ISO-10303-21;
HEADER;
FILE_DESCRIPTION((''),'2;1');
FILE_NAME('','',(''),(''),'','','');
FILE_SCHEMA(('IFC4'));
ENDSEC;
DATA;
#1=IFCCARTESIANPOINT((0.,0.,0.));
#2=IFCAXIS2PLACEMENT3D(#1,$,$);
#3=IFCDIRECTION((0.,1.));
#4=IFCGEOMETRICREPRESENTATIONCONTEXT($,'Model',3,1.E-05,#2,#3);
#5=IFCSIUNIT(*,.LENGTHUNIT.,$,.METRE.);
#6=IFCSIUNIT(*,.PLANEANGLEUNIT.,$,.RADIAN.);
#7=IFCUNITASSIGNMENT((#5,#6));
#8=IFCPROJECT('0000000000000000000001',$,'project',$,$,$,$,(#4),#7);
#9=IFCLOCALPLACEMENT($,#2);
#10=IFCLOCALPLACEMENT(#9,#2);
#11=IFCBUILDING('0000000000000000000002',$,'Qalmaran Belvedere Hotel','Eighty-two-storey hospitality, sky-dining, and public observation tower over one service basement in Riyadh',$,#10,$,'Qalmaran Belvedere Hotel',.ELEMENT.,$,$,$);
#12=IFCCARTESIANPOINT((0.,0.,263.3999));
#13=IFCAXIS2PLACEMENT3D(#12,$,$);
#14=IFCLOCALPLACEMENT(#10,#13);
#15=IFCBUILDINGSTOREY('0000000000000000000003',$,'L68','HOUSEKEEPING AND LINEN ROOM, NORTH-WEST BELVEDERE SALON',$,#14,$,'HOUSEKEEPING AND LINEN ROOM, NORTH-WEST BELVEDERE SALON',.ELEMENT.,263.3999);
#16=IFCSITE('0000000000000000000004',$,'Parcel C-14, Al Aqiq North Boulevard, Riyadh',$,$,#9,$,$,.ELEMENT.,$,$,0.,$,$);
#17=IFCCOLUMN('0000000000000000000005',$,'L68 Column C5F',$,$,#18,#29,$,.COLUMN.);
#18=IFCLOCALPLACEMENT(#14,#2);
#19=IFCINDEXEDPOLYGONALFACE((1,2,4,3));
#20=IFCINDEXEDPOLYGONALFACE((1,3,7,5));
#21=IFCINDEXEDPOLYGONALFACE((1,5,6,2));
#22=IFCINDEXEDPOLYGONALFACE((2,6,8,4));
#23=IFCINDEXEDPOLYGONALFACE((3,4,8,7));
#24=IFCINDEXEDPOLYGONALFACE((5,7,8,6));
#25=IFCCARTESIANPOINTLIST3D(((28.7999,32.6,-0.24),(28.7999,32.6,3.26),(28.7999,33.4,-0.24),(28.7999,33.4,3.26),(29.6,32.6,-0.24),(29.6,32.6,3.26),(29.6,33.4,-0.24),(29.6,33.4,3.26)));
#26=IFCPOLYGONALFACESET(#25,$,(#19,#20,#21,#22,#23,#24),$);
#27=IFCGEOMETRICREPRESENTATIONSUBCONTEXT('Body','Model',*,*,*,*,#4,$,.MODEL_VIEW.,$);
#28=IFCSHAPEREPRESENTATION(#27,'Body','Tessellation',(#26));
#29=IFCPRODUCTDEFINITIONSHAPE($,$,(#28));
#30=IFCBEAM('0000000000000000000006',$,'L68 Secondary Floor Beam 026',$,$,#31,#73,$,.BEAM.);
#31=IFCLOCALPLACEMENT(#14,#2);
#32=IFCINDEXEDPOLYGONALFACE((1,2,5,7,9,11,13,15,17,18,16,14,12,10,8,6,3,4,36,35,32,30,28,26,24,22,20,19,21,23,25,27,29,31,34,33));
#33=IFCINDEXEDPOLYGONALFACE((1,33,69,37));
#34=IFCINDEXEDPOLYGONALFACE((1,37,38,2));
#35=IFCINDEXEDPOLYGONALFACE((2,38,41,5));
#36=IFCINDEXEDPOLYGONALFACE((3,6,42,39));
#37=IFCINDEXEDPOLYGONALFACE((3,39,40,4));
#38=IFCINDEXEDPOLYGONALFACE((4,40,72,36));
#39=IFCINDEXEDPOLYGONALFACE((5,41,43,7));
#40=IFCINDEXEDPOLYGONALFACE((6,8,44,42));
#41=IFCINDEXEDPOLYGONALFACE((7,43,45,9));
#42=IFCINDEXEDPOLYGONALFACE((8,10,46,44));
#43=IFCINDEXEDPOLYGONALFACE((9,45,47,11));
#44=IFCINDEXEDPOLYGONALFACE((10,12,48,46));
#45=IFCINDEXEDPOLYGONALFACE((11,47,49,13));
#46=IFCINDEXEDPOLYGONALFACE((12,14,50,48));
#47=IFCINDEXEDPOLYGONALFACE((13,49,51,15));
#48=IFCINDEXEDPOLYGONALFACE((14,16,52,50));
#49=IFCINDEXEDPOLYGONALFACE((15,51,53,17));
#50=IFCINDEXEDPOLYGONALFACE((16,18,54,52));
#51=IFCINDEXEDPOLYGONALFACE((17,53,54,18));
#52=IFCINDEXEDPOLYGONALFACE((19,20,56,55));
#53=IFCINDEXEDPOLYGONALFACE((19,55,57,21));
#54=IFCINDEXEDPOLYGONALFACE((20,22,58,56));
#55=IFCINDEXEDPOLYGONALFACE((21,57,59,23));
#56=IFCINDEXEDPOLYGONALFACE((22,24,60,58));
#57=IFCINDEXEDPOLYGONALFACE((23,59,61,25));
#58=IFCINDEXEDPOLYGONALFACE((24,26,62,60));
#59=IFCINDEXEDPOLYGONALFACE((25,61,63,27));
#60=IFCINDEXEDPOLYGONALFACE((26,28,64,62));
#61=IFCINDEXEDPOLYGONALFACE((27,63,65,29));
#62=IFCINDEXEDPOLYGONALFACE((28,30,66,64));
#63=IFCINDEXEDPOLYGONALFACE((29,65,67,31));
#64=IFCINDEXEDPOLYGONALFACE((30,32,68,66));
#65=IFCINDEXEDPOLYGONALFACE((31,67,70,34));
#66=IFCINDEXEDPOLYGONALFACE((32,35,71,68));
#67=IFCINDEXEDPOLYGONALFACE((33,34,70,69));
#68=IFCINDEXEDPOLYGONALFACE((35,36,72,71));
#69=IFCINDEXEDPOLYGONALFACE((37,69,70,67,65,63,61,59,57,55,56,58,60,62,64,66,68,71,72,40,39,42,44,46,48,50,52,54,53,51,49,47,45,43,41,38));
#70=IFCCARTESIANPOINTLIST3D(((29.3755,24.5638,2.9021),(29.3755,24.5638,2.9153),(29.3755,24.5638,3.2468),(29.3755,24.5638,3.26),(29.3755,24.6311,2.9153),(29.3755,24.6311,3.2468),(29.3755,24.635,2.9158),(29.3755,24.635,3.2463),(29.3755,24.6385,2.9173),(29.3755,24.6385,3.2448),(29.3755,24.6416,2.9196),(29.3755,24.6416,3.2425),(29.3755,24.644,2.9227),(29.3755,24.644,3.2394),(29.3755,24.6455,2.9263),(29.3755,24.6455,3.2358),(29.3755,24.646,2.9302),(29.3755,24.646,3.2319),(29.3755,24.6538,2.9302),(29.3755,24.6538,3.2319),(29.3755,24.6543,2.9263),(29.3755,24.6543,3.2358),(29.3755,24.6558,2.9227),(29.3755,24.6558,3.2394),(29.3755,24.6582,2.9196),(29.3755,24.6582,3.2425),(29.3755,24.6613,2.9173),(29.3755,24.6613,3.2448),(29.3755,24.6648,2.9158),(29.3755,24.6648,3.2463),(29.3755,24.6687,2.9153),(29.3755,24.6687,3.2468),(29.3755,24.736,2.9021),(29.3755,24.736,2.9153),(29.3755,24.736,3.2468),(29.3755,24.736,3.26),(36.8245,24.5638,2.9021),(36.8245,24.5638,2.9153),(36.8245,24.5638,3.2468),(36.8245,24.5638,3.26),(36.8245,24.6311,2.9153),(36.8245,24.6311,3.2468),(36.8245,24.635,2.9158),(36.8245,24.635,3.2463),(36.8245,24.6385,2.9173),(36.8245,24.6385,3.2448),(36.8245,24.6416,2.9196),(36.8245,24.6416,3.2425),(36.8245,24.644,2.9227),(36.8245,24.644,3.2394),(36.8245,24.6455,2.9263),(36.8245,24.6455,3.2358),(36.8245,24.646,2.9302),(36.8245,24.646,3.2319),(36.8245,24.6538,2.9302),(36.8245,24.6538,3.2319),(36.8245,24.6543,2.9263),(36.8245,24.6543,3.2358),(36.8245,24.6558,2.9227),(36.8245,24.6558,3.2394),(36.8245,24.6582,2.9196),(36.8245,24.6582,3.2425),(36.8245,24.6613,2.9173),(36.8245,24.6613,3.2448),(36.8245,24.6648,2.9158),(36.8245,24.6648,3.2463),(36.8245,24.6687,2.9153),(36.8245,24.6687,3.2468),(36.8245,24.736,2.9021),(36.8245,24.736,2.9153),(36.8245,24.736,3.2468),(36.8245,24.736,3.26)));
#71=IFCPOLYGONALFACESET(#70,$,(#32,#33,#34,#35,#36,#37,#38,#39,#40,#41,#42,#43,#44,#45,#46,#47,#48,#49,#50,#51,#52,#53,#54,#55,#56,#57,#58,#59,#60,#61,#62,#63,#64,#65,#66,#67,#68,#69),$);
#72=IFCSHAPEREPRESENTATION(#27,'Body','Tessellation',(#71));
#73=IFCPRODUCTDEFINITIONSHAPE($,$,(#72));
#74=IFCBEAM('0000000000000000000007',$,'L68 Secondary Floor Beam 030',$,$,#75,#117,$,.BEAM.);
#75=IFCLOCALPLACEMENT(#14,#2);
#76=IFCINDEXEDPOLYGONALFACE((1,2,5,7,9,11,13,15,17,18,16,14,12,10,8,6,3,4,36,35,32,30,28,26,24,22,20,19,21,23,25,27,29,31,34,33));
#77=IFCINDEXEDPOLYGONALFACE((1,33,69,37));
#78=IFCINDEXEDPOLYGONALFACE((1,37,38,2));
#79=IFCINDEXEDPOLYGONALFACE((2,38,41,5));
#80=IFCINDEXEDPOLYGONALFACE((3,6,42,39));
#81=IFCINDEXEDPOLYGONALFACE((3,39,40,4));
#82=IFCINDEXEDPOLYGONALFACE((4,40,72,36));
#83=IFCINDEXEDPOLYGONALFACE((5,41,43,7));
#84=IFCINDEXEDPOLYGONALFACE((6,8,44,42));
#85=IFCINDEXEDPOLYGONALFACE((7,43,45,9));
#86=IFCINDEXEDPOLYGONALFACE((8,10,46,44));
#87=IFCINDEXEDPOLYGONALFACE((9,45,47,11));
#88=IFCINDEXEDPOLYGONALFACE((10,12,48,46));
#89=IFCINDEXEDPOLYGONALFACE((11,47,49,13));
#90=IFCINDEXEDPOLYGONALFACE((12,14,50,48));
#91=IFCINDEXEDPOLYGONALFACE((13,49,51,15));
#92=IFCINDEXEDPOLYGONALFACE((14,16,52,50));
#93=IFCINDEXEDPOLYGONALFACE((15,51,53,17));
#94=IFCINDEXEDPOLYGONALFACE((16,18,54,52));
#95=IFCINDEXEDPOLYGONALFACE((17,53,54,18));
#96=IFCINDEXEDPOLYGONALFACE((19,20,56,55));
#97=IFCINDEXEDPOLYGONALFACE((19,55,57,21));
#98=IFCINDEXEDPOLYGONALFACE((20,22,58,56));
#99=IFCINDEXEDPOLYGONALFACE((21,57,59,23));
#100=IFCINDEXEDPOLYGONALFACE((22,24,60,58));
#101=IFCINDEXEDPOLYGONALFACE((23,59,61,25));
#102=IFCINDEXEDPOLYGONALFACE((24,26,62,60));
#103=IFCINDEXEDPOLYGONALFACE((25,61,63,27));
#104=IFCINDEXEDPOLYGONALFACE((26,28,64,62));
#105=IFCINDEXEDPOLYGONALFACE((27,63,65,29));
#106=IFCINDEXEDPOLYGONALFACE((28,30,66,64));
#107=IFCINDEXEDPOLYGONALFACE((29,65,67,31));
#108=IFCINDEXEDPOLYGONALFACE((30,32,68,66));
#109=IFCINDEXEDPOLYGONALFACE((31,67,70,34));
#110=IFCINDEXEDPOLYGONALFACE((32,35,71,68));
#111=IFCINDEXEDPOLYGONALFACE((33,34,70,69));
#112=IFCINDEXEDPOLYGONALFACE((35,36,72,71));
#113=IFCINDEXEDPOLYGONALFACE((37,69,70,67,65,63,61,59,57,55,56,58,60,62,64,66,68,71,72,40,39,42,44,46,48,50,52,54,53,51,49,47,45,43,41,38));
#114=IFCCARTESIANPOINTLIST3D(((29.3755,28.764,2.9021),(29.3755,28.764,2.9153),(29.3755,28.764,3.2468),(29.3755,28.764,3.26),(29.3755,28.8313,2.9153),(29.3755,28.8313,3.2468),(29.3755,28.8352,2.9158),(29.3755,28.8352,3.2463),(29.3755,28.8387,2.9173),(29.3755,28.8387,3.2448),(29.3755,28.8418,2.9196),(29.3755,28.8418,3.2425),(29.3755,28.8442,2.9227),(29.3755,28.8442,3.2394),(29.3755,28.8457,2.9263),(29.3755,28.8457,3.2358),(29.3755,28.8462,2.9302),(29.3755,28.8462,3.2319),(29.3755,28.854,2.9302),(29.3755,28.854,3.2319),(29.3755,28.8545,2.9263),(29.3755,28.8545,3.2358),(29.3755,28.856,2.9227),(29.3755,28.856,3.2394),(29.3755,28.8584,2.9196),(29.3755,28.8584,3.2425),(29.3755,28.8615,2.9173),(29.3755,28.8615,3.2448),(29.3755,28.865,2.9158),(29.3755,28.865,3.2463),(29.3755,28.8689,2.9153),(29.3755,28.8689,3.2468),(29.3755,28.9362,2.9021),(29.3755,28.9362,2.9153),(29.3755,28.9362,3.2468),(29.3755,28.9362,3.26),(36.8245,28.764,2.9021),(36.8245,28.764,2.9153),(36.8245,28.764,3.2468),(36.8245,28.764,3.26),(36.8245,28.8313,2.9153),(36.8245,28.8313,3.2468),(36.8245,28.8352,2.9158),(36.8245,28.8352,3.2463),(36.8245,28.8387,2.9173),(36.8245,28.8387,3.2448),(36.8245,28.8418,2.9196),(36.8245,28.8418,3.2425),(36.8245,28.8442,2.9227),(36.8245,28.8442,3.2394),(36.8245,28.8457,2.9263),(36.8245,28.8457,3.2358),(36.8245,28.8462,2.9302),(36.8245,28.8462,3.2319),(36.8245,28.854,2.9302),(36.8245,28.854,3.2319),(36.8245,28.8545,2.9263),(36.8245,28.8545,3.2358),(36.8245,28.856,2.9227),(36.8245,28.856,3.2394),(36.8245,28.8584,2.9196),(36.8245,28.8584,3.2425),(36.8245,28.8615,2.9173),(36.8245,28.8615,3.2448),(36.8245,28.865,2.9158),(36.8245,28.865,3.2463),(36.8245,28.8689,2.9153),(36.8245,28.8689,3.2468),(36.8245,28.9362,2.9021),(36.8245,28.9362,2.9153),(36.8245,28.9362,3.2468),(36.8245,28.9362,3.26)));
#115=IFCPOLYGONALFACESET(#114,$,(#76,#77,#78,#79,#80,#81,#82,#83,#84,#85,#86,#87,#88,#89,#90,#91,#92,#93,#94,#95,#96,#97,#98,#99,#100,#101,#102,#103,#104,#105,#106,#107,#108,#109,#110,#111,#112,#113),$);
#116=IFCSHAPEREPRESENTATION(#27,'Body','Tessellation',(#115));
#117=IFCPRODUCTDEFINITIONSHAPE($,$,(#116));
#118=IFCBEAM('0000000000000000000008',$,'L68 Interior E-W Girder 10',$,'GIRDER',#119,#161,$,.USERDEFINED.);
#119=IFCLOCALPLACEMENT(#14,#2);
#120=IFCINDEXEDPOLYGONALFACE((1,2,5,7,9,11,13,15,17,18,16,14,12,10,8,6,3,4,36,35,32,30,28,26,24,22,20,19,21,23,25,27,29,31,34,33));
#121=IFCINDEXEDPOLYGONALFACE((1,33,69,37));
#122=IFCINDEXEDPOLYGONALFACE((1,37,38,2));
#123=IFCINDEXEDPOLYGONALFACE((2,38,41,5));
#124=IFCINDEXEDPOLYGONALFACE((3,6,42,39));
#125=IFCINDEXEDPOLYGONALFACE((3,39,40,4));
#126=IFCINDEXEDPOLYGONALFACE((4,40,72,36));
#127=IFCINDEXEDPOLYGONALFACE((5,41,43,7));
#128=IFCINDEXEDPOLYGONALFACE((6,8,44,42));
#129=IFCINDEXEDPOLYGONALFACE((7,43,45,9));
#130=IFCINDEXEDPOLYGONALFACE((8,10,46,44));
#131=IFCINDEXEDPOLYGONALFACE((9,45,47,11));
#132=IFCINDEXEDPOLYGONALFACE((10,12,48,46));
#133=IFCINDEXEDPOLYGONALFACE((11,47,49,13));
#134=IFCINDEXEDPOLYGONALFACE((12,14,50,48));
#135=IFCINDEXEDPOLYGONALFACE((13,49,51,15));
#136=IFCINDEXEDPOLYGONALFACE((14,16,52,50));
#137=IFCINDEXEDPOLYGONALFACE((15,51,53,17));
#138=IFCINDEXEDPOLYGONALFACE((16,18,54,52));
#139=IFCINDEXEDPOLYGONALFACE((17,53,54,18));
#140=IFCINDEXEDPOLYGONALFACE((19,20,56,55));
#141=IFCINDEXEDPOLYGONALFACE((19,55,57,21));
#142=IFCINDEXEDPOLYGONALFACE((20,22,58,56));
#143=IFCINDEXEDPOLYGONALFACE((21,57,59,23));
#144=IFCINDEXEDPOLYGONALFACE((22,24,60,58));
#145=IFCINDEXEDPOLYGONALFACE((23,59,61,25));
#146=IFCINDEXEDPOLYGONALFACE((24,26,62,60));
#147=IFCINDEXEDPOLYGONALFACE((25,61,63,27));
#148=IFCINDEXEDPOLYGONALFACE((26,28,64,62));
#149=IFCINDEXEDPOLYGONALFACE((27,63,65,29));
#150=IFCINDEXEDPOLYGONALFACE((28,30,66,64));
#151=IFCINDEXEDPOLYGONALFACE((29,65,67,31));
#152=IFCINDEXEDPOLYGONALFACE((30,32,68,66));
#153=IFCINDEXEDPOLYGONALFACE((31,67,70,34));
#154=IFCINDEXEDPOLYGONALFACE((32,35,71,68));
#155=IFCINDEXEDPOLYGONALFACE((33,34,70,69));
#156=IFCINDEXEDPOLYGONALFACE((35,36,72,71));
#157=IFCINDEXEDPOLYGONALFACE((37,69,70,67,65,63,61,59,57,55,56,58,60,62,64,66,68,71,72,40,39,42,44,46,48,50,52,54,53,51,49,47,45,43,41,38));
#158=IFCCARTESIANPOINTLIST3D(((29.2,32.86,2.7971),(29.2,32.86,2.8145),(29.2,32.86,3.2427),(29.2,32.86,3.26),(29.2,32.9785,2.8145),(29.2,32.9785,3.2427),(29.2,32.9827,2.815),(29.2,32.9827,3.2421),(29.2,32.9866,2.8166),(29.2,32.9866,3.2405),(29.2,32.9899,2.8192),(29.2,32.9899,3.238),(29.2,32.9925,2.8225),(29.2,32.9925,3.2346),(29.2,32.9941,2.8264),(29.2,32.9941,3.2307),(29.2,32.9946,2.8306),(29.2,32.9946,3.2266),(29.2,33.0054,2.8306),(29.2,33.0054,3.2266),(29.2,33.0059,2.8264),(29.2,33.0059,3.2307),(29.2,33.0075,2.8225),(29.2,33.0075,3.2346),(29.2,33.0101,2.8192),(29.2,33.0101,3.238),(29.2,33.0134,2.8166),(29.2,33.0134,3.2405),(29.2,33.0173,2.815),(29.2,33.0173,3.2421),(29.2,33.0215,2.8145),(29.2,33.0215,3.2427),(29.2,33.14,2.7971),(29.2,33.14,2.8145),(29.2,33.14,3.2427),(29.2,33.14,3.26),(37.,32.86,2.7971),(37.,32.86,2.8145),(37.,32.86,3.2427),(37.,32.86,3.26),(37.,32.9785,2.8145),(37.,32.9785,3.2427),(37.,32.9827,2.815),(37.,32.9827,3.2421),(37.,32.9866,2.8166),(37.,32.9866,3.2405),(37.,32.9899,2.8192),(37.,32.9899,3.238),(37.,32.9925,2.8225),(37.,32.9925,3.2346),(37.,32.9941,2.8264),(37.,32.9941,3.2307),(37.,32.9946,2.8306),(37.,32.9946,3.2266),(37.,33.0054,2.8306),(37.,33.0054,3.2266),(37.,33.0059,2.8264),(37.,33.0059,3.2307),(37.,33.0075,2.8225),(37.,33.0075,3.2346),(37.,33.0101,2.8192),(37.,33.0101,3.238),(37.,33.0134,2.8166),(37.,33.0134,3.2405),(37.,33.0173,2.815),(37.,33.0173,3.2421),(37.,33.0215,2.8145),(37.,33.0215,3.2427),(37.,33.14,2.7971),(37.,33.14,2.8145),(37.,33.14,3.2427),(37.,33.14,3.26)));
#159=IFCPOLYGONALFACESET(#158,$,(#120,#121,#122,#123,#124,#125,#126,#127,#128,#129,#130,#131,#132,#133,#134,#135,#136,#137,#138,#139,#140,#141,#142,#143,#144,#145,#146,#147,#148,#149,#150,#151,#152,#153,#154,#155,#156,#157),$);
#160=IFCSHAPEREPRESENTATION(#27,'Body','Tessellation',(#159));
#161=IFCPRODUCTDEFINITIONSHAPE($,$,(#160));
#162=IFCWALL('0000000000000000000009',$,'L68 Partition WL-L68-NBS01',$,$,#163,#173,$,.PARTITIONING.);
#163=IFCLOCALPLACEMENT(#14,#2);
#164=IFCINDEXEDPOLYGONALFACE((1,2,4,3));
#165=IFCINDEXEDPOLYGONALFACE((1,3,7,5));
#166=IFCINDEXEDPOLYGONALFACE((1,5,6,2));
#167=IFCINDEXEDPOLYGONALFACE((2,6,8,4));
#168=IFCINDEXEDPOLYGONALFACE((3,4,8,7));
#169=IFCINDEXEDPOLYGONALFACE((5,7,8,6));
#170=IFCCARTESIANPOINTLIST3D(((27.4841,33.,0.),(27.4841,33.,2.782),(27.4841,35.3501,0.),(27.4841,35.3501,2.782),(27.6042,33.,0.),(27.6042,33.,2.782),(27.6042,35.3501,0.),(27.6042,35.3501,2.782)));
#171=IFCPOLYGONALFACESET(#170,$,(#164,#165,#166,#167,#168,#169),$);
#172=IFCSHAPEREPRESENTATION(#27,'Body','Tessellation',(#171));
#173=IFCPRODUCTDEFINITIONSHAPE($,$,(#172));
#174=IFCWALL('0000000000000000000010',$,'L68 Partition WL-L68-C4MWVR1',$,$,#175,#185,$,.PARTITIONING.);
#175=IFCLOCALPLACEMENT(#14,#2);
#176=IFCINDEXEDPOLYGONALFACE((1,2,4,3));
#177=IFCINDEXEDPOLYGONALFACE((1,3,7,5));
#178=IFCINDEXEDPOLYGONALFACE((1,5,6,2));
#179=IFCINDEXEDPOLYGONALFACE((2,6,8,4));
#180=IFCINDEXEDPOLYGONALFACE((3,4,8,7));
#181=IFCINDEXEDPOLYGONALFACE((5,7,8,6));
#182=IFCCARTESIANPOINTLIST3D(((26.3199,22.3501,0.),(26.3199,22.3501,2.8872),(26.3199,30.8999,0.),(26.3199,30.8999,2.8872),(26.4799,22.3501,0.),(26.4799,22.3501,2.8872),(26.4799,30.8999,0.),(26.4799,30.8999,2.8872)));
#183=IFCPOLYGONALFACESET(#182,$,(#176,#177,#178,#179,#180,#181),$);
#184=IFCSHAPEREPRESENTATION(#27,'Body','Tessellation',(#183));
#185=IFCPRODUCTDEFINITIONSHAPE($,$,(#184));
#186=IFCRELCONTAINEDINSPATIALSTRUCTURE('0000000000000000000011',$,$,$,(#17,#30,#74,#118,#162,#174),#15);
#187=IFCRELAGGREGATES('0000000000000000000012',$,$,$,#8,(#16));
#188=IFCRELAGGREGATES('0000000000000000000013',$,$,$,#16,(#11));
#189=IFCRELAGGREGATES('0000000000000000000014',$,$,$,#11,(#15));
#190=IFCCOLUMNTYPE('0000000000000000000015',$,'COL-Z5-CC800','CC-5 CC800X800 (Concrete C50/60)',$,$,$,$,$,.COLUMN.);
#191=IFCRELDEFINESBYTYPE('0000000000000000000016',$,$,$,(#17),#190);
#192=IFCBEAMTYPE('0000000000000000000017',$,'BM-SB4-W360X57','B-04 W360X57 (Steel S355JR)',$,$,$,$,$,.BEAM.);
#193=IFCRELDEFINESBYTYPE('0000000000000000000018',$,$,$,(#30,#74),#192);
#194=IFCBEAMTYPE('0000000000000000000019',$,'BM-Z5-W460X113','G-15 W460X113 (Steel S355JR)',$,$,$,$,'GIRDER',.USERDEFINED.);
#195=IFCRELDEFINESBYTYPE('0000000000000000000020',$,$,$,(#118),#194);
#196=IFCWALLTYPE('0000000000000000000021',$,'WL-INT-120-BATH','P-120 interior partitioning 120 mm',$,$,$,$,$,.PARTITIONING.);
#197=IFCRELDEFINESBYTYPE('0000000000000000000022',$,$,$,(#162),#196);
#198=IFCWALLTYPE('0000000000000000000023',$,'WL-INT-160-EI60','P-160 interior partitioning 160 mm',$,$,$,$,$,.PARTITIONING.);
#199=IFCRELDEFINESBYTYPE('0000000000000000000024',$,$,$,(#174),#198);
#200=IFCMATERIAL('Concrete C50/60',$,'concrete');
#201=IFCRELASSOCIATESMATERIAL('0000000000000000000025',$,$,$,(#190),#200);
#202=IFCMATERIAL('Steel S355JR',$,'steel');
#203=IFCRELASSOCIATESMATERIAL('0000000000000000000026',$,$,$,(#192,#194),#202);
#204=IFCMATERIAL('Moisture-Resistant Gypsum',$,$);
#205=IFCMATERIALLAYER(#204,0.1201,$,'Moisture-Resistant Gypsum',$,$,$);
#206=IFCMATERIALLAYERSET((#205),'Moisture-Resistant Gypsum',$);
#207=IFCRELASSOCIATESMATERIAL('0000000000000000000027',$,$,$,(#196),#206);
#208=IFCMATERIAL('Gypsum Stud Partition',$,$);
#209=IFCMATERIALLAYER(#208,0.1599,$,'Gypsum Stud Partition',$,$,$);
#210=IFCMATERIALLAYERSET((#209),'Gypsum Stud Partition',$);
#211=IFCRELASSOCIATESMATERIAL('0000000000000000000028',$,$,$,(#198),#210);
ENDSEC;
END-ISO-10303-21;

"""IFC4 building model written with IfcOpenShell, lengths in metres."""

from ifc_helpers import new_model, si_unit, direction, frame, frame_2d, origin, origin_2d, place, context, subcontext, project, spatial, rectangle, i_section, extrude, material, layer, layer_set, material_profile, profile_set, type_object, element, save


model = new_model("IFC4")

# Units and contexts
model_context = context("Model", 3, precision=1e-05, world=origin(), true_north=direction((0.0, 1.0)))
body_context = subcontext(model_context, "Body", "Model", "MODEL_VIEW")
ifc_project = project(units=[si_unit("LENGTHUNIT", "METRE"), si_unit("PLANEANGLEUNIT", "RADIAN")], contexts=[model_context])

# Site, building, storey
site_placement = place(None, origin())
site = spatial("IfcSite", under=ifc_project, at=site_placement, Name="Parcel C-14, Al Aqiq North Boulevard, Riyadh", CompositionType="ELEMENT", RefElevation=0.0)
building_placement = place(site_placement, origin())
building = spatial("IfcBuilding", under=site, at=building_placement, Name="Qalmaran Belvedere Hotel", Description="Eighty-two-storey hospitality, sky-dining, and public observation tower over one service basement in Riyadh", LongName="Qalmaran Belvedere Hotel", CompositionType="ELEMENT")
storey_placement = place(building_placement, frame((0.0, 0.0, 263.3999)))
storey = spatial("IfcBuildingStorey", under=building, at=storey_placement, Name="L68", Description="HOUSEKEEPING AND LINEN ROOM, NORTH-WEST BELVEDERE SALON", LongName="HOUSEKEEPING AND LINEN ROOM, NORTH-WEST BELVEDERE SALON", CompositionType="ELEMENT", Elevation=263.3999)

# Column
ifc_material_1 = material(Name="Concrete C50/60", Category="concrete")
ifc_material_profile_1 = material_profile(ifc_material_1, rectangle(XDim=0.8, YDim=0.8, at=origin_2d()), Name="CC800X800")
ifc_profile_set_1 = profile_set([ifc_material_profile_1], Name="Concrete C50/60")
column_type = type_object("IfcColumnType", Name="COL-Z5-CC800", Description="CC-5 CC800X800 (Concrete C50/60)", PredefinedType="COLUMN", material=ifc_profile_set_1)
column_placement = place(storey_placement, frame((29.2, 33.0, -0.24), z_axis=(0.0, 0.0, 1.0), x_axis=(1.0, 0.0, 0.0)))
element("IfcColumn", 1, at=column_placement, inside=storey, type_object=column_type, Name="L68 Column C5F", PredefinedType="COLUMN", context=body_context, shape_type="SweptSolid", body=[
    extrude(rectangle(XDim=0.8, YDim=0.8, at=origin_2d()), origin(), (0.0, 0.0, 1.0), 3.5),
])

# Beams
ifc_material_2 = material(Name="Steel S355JR", Category="steel")
ifc_material_profile_2 = material_profile(ifc_material_2, i_section(OverallWidth=0.1721, OverallDepth=0.3579, WebThickness=0.0078, FlangeThickness=0.0132, FilletRadius=0.0149, at=origin_2d()), Name="W360X57")
ifc_profile_set_2 = profile_set([ifc_material_profile_2], Name="Steel S355JR")
beam_type_1 = type_object("IfcBeamType", Name="BM-SB4-W360X57", Description="B-04 W360X57 (Steel S355JR)", PredefinedType="BEAM", material=ifc_profile_set_2)
for number, where, z_axis, x_axis, name in (
    (2, (29.3755, 24.6499, 3.0811), (1.0, 0.0, 0.0), (0.0, 1.0, 0.0), "L68 Secondary Floor Beam 026"),
    (3, (29.3755, 28.8501, 3.0811), (1.0, 0.0, 0.0), (0.0, 1.0, 0.0), "L68 Secondary Floor Beam 030"),
):
    element("IfcBeam", number, at=place(storey_placement, frame(where, z_axis=z_axis, x_axis=x_axis)), inside=storey, type_object=beam_type_1, Name=name, PredefinedType="BEAM", context=body_context, shape_type="SweptSolid", body=[
        extrude(i_section(OverallWidth=0.1721, OverallDepth=0.3579, WebThickness=0.0078, FlangeThickness=0.0132, FilletRadius=0.0149, at=origin_2d()), origin(), (0.0, 0.0, 1.0), 7.449),
    ])
ifc_material_profile_3 = material_profile(ifc_material_2, i_section(OverallWidth=0.28, OverallDepth=0.4629, WebThickness=0.0107, FlangeThickness=0.0173, FilletRadius=0.0161, at=origin_2d()), Name="W460X113")
ifc_profile_set_3 = profile_set([ifc_material_profile_3], Name="Steel S355JR")
beam_type_2 = type_object("IfcBeamType", Name="BM-Z5-W460X113", Description="G-15 W460X113 (Steel S355JR)", ElementType="GIRDER", PredefinedType="USERDEFINED", material=ifc_profile_set_3)
beam_placement = place(storey_placement, frame((29.2, 33.0, 3.0286), z_axis=(1.0, 0.0, 0.0), x_axis=(0.0, 1.0, 0.0)))
element("IfcBeam", 4, at=beam_placement, inside=storey, type_object=beam_type_2, Name="L68 Interior E-W Girder 10", ObjectType="GIRDER", PredefinedType="USERDEFINED", context=body_context, shape_type="SweptSolid", body=[
    extrude(i_section(OverallWidth=0.28, OverallDepth=0.4629, WebThickness=0.0107, FlangeThickness=0.0173, FilletRadius=0.0161, at=origin_2d()), origin(), (0.0, 0.0, 1.0), 7.8),
])

# Wall
ifc_material_3 = material(Name="Moisture-Resistant Gypsum")
ifc_layer_1 = layer(ifc_material_3, 0.1201, Name="Moisture-Resistant Gypsum")
ifc_layer_set_1 = layer_set([ifc_layer_1], Name="Moisture-Resistant Gypsum")
wall_type_1 = type_object("IfcWallType", Name="WL-INT-120-BATH", Description="P-120 interior partitioning 120 mm", PredefinedType="PARTITIONING", material=ifc_layer_set_1)
wall_1_placement = place(storey_placement, frame((27.5442, 33.0, 0.0), z_axis=(0.0, 0.0, 1.0), x_axis=(0.0, 1.0, 0.0)))
element("IfcWall", 5, at=wall_1_placement, inside=storey, type_object=wall_type_1, Name="L68 Partition WL-L68-NBS01", PredefinedType="PARTITIONING", context=body_context, shape_type="SweptSolid", body=[
    extrude(rectangle(XDim=2.3501, YDim=0.1201, at=frame_2d((1.175, 0.0))), origin(), (0.0, 0.0, 1.0), 2.782),
])

# Shared definitions
ifc_material_4 = material(Name="Gypsum Stud Partition")

# Wall
ifc_layer_2 = layer(ifc_material_4, 0.1599, Name="Gypsum Stud Partition")
ifc_layer_set_2 = layer_set([ifc_layer_2], Name="Gypsum Stud Partition")
wall_type_2 = type_object("IfcWallType", Name="WL-INT-160-EI60", Description="P-160 interior partitioning 160 mm", PredefinedType="PARTITIONING", material=ifc_layer_set_2)
for number, where, z_axis, x_axis, name in (
    (6, (26.3999, 22.3501, 0.0), (0.0, 0.0, 1.0), (0.0, 1.0, 0.0), "L68 Partition WL-L68-C4MWVR1"),
):
    element("IfcWall", number, at=place(storey_placement, frame(where, z_axis=z_axis, x_axis=x_axis)), inside=storey, type_object=wall_type_2, Name=name, PredefinedType="PARTITIONING", context=body_context, shape_type="SweptSolid", body=[
        extrude(rectangle(XDim=8.5498, YDim=0.1599, at=frame_2d((4.2749, 0.0))), origin(), (0.0, 0.0, 1.0), 2.8872),
    ])

save(model, "model.ifc")
